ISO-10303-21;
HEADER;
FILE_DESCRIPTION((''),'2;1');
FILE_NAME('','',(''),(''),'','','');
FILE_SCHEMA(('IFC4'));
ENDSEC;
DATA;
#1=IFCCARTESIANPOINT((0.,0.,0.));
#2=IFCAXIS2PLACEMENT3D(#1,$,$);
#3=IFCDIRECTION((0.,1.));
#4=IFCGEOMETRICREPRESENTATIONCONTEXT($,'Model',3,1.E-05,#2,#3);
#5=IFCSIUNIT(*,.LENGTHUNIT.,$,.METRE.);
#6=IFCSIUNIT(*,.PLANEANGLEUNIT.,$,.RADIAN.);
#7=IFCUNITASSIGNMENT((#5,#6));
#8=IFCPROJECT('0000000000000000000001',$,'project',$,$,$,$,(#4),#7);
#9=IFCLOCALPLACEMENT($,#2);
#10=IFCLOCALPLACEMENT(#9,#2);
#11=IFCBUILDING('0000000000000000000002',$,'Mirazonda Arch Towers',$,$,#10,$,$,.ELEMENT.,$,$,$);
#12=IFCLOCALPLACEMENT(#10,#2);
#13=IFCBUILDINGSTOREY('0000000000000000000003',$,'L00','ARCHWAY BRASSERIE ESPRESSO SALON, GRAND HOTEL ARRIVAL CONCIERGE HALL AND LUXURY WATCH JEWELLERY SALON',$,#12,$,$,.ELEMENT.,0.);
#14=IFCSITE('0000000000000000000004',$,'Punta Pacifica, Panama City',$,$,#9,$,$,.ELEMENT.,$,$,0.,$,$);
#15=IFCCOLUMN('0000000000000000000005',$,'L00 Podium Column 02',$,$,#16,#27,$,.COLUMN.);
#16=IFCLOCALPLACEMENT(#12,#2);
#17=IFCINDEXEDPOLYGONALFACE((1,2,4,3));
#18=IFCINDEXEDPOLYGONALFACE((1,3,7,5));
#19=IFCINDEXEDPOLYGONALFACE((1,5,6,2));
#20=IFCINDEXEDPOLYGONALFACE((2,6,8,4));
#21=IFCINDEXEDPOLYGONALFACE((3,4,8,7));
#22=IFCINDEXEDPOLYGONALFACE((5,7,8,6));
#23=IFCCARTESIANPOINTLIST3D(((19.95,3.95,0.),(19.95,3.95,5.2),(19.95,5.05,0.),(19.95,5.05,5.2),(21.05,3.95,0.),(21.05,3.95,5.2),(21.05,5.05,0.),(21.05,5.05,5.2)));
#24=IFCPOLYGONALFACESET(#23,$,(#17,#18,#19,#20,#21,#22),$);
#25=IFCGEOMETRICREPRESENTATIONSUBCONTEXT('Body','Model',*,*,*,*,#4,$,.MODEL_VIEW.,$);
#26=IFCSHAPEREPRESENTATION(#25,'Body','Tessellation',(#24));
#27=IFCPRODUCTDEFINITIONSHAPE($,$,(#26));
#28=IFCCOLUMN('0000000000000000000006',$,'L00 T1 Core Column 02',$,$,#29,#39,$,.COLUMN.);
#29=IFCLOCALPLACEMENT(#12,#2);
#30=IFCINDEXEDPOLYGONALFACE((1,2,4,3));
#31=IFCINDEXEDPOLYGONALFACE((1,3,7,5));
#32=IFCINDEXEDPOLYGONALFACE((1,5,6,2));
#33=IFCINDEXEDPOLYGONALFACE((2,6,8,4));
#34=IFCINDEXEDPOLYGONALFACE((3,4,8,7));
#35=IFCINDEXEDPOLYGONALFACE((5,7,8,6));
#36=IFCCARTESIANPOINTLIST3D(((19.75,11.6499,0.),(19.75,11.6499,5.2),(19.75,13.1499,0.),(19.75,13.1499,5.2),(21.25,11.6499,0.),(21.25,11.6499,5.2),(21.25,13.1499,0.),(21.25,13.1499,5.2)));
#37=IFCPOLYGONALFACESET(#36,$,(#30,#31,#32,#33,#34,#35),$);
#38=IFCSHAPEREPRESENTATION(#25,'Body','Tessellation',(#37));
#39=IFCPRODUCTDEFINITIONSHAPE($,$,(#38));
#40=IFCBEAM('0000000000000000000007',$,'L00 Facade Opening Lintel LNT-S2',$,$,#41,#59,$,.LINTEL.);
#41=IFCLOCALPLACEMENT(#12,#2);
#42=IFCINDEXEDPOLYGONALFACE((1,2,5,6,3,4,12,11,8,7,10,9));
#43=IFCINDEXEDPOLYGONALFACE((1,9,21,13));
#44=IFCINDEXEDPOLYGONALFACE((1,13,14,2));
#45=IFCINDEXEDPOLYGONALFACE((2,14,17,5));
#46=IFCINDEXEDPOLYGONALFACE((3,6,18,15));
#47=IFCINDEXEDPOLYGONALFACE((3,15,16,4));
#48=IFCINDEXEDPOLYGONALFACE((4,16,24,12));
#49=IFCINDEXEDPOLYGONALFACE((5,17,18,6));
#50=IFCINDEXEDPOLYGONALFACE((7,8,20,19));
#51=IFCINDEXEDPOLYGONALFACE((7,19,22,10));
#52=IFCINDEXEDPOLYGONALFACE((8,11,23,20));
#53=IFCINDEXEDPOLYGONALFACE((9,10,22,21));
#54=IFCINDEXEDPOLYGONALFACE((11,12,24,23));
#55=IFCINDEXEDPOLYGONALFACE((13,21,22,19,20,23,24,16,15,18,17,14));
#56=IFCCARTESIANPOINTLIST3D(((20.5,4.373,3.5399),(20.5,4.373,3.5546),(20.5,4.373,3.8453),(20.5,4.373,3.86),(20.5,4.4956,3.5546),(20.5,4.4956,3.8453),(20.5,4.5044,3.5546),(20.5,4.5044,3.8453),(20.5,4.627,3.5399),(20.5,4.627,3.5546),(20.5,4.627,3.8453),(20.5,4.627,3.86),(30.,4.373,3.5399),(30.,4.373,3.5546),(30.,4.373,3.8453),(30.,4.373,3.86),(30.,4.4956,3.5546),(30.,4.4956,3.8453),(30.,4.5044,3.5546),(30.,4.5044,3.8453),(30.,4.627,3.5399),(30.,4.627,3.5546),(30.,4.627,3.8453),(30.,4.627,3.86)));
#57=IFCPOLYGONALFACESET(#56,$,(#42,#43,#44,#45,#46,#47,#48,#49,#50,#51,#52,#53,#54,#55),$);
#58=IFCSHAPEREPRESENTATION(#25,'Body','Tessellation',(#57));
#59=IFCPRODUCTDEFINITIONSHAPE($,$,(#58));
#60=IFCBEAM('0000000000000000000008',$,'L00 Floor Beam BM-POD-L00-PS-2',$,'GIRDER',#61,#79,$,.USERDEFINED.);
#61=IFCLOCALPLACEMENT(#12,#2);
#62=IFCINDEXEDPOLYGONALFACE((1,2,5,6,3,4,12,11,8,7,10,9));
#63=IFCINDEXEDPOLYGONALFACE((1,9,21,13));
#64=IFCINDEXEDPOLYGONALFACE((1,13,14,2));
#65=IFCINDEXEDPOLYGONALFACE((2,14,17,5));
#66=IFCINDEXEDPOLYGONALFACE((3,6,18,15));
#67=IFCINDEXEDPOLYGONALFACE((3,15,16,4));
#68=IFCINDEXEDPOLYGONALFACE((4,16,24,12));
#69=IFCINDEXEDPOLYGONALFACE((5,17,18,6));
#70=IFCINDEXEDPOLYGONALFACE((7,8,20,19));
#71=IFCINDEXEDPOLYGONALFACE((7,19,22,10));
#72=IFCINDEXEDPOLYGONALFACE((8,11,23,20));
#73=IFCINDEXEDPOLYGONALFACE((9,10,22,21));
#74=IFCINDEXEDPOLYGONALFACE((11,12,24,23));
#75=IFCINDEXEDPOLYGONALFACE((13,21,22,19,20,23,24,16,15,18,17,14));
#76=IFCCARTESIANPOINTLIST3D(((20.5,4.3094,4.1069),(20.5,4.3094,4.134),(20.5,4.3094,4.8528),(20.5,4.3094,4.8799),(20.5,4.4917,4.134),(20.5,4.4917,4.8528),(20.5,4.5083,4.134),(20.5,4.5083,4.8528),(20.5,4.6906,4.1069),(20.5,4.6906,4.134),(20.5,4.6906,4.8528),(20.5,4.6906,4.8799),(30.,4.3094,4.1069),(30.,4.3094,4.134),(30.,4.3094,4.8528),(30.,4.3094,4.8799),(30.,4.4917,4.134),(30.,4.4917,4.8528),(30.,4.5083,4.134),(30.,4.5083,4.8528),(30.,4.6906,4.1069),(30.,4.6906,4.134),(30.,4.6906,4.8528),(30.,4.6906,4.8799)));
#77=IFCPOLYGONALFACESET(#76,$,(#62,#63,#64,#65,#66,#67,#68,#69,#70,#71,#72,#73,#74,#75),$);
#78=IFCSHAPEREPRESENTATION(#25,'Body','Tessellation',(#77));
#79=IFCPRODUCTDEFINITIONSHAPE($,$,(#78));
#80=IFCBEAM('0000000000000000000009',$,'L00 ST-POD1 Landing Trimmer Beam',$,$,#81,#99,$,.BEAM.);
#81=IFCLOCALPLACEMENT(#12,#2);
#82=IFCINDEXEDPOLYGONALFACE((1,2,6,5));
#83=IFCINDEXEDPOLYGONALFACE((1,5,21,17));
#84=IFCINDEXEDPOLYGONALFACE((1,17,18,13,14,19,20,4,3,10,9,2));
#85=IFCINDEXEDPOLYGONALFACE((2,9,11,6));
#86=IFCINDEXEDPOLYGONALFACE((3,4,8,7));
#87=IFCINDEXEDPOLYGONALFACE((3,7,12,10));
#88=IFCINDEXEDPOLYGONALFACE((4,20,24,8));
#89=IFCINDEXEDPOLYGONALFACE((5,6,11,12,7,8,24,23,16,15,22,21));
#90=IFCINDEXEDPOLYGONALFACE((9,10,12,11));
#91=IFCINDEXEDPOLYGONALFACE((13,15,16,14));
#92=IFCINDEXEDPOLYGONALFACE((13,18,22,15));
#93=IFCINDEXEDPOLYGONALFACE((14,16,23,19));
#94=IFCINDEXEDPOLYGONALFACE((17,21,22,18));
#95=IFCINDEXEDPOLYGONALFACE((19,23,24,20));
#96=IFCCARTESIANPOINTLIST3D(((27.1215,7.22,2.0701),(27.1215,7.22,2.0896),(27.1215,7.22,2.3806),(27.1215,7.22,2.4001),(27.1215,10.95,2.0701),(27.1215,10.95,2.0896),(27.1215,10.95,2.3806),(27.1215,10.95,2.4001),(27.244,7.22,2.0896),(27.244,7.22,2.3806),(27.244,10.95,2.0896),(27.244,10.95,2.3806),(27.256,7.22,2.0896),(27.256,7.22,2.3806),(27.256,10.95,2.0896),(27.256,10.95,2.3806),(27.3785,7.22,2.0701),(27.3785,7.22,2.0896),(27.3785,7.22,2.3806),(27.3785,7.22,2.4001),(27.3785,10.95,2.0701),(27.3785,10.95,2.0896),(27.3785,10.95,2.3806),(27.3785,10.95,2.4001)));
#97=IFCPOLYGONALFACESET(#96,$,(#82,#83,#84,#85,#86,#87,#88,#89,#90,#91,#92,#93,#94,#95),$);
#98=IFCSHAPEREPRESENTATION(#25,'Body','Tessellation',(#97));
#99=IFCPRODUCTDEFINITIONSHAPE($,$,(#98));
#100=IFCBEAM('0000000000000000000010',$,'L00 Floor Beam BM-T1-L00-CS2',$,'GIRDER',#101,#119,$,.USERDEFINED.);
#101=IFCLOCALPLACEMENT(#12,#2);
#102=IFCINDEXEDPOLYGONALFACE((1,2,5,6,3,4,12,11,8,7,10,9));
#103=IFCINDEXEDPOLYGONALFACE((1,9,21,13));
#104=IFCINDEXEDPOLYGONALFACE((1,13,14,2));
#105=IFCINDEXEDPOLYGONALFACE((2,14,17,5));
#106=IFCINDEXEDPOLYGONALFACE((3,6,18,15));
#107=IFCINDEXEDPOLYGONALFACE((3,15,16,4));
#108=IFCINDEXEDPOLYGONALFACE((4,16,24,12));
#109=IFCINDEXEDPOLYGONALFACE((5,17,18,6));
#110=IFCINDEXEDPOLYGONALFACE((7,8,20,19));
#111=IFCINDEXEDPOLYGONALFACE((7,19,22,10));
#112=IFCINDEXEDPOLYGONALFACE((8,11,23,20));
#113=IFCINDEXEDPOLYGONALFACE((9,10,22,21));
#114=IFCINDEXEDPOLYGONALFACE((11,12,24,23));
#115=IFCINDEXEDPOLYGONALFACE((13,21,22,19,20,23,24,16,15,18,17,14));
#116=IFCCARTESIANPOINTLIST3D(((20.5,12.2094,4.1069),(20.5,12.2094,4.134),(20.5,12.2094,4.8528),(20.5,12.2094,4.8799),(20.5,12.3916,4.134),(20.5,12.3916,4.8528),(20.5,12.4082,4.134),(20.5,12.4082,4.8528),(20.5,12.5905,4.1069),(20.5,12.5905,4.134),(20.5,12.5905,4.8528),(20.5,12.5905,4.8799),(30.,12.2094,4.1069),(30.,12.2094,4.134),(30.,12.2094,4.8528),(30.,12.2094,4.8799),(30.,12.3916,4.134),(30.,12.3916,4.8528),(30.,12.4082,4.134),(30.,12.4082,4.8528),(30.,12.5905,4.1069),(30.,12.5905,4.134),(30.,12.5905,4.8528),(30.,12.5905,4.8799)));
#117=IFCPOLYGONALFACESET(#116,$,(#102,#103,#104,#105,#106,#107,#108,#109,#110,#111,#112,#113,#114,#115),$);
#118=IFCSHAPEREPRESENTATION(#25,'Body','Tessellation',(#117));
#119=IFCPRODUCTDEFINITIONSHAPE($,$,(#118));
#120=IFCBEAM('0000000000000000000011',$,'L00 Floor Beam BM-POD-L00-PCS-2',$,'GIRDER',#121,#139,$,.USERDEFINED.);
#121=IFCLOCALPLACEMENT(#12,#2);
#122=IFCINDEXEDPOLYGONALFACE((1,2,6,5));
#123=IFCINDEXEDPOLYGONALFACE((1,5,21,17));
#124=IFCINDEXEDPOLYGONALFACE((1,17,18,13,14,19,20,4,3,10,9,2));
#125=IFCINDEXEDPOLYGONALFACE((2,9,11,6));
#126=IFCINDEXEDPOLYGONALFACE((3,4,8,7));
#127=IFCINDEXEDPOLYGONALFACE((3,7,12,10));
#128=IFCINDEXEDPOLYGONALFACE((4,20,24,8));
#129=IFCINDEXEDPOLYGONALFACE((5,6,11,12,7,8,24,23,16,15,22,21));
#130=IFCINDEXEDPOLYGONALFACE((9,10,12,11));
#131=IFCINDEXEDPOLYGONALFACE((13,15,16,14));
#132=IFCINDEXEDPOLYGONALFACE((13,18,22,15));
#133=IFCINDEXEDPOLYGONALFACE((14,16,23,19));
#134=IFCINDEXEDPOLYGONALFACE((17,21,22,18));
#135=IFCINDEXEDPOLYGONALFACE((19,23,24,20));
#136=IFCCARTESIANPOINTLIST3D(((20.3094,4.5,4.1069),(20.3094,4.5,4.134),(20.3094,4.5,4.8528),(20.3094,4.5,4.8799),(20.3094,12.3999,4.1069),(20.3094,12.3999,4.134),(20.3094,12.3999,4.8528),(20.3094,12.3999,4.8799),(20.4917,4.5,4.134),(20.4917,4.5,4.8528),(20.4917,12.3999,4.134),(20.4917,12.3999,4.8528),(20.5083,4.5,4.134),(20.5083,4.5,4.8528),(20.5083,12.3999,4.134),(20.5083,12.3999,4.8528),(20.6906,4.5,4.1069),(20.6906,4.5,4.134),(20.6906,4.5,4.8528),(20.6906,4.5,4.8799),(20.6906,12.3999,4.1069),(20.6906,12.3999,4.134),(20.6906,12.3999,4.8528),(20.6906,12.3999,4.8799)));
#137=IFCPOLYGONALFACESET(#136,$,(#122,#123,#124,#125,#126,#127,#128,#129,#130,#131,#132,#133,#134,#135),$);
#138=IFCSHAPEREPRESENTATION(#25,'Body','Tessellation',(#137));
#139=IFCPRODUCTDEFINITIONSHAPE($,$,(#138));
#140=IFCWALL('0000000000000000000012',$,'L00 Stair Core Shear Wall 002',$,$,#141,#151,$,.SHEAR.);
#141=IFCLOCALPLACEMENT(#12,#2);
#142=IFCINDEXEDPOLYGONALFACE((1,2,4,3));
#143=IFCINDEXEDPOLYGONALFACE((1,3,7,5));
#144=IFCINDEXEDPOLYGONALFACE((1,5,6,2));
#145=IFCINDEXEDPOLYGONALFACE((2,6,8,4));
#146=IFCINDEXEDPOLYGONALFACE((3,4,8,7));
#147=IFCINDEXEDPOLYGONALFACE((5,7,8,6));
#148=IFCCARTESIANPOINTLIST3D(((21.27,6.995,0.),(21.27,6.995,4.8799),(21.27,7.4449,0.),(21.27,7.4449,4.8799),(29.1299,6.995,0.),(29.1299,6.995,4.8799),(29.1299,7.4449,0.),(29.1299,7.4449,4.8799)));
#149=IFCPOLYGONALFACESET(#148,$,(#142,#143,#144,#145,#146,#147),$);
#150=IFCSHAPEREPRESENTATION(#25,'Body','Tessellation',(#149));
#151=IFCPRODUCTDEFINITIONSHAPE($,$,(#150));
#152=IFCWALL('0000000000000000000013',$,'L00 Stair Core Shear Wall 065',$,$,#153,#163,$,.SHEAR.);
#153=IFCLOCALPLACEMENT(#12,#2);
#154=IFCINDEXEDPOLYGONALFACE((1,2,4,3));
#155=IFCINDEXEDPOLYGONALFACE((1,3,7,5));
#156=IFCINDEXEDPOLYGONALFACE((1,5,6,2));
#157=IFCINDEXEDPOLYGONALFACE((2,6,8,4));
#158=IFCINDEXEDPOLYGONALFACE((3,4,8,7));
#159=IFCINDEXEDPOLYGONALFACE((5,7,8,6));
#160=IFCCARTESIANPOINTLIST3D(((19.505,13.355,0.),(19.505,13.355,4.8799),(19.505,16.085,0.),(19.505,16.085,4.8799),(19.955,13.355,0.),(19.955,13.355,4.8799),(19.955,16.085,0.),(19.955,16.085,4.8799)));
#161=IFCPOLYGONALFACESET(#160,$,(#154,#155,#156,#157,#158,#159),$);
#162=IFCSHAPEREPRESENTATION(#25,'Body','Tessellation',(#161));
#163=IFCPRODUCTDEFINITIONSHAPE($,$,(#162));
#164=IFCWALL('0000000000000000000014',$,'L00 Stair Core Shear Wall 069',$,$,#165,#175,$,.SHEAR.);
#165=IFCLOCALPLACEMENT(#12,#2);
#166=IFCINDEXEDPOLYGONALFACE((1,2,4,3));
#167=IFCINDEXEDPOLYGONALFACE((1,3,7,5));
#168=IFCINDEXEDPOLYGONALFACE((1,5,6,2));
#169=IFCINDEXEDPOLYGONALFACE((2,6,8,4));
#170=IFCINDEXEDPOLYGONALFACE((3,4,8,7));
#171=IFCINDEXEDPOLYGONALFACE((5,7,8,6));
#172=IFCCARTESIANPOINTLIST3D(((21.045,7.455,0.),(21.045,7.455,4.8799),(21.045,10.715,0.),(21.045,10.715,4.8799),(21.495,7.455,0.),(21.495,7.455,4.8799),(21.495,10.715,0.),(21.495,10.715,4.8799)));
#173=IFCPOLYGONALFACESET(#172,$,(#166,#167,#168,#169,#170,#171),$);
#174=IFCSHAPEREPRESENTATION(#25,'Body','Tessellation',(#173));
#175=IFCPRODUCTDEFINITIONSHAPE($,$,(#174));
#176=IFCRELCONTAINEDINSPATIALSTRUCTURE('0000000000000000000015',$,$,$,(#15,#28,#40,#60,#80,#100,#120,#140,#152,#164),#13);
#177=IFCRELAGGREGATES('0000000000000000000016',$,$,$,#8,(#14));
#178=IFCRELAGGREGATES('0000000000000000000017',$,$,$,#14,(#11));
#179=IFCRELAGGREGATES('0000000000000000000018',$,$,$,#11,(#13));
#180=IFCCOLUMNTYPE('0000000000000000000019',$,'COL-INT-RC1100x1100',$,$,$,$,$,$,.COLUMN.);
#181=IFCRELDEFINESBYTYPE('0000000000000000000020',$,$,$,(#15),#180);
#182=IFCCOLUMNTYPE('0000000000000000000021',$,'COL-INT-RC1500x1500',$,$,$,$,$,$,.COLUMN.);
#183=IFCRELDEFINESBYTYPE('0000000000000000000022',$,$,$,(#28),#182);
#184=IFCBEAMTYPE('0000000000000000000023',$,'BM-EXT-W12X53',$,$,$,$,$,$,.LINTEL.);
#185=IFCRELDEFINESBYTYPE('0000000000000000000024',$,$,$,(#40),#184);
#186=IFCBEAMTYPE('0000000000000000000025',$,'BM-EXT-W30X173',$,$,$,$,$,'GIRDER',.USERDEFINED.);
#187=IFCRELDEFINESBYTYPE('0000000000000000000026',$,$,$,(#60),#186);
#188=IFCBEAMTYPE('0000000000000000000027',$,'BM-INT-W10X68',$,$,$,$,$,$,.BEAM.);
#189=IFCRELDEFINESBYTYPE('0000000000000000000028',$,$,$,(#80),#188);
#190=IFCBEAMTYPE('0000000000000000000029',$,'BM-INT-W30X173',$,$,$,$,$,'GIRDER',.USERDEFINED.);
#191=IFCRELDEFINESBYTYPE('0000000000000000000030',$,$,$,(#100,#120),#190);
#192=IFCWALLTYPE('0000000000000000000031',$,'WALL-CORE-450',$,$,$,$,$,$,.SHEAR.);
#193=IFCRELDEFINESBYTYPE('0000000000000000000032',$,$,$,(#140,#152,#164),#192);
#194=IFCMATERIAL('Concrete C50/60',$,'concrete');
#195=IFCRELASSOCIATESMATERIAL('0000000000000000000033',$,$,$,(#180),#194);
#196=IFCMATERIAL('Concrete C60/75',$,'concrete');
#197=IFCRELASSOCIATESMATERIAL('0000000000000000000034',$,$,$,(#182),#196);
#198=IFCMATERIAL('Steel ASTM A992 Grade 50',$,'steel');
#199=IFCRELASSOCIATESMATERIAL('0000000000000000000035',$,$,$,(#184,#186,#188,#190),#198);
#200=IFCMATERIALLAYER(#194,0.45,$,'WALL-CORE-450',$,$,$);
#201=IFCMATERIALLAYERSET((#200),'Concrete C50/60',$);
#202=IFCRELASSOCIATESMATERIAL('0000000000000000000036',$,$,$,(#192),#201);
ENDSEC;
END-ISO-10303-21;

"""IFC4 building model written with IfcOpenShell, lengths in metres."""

from ifc_helpers import new_model, si_unit, direction, frame, frame_2d, origin, origin_2d, place, context, subcontext, project, spatial, rectangle, i_section, extrude, material, layer, layer_set, material_profile, profile_set, type_object, element, save


model = new_model("IFC4")

# Units and contexts
model_context = context("Model", 3, precision=1e-05, world=origin(), true_north=direction((0.0, 1.0)))
body_context = subcontext(model_context, "Body", "Model", "MODEL_VIEW")
ifc_project = project(units=[si_unit("LENGTHUNIT", "METRE"), si_unit("PLANEANGLEUNIT", "RADIAN")], contexts=[model_context])

# Site, building, storey
site_placement = place(None, origin())
site = spatial("IfcSite", under=ifc_project, at=site_placement, Name="Punta Pacifica, Panama City", CompositionType="ELEMENT", RefElevation=0.0)
building_placement = place(site_placement, origin())
building = spatial("IfcBuilding", under=site, at=building_placement, Name="Mirazonda Arch Towers", CompositionType="ELEMENT")
storey_placement = place(building_placement, origin())
storey = spatial("IfcBuildingStorey", under=building, at=storey_placement, Name="L00", Description="ARCHWAY BRASSERIE ESPRESSO SALON, GRAND HOTEL ARRIVAL CONCIERGE HALL AND LUXURY WATCH JEWELLERY SALON", CompositionType="ELEMENT", Elevation=0.0)

# Columns
ifc_material_1 = material(Name="Concrete C50/60", Category="concrete")
ifc_material_profile_1 = material_profile(ifc_material_1, rectangle(XDim=1.1001, YDim=1.1001, at=origin_2d()), Name="RC1100x1100")
ifc_profile_set_1 = profile_set([ifc_material_profile_1], Name="Concrete C50/60")
column_type_1 = type_object("IfcColumnType", Name="COL-INT-RC1100x1100", PredefinedType="COLUMN", material=ifc_profile_set_1)
column_1_placement = place(storey_placement, frame((20.5, 4.5, 0.0), z_axis=(0.0, 0.0, 1.0), x_axis=(1.0, 0.0, 0.0)))
element("IfcColumn", 1, at=column_1_placement, inside=storey, type_object=column_type_1, Name="L00 Podium Column 02", PredefinedType="COLUMN", context=body_context, shape_type="SweptSolid", body=[
    extrude(rectangle(XDim=1.1001, YDim=1.1001, at=origin_2d()), origin(), (0.0, 0.0, 1.0), 5.2),
])
ifc_material_2 = material(Name="Concrete C60/75", Category="concrete")
ifc_material_profile_2 = material_profile(ifc_material_2, rectangle(XDim=1.5, YDim=1.5, at=origin_2d()), Name="RC1500x1500")
ifc_profile_set_2 = profile_set([ifc_material_profile_2], Name="Concrete C60/75")
column_type_2 = type_object("IfcColumnType", Name="COL-INT-RC1500x1500", PredefinedType="COLUMN", material=ifc_profile_set_2)
column_2_placement = place(storey_placement, frame((20.5, 12.3999, 0.0), z_axis=(0.0, 0.0, 1.0), x_axis=(1.0, 0.0, 0.0)))
element("IfcColumn", 2, at=column_2_placement, inside=storey, type_object=column_type_2, Name="L00 T1 Core Column 02", PredefinedType="COLUMN", context=body_context, shape_type="SweptSolid", body=[
    extrude(rectangle(XDim=1.5, YDim=1.5, at=origin_2d()), origin(), (0.0, 0.0, 1.0), 5.2),
])

# Beams
ifc_material_3 = material(Name="Steel ASTM A992 Grade 50", Category="steel")
ifc_material_profile_3 = material_profile(ifc_material_3, i_section(OverallWidth=0.2539, OverallDepth=0.3201, WebThickness=0.0088, FlangeThickness=0.0146, at=origin_2d()), Name="W12X53")
ifc_profile_set_3 = profile_set([ifc_material_profile_3], Name="Steel ASTM A992 Grade 50")
beam_type_1 = type_object("IfcBeamType", Name="BM-EXT-W12X53", PredefinedType="LINTEL", material=ifc_profile_set_3)
beam_1_placement = place(storey_placement, frame((20.5, 4.5, 3.7), z_axis=(1.0, 0.0, 0.0), x_axis=(0.0, 1.0, 0.0)))
element("IfcBeam", 3, at=beam_1_placement, inside=storey, type_object=beam_type_1, Name="L00 Facade Opening Lintel LNT-S2", PredefinedType="LINTEL", context=body_context, shape_type="SweptSolid", body=[
    extrude(i_section(OverallWidth=0.2539, OverallDepth=0.3201, WebThickness=0.0088, FlangeThickness=0.0146, at=origin_2d()), origin(), (0.0, 0.0, 1.0), 9.5),
])
ifc_material_profile_4 = material_profile(ifc_material_3, i_section(OverallWidth=0.3811, OverallDepth=0.7729, WebThickness=0.0166, FlangeThickness=0.0271, at=origin_2d()), Name="W30X173")
ifc_profile_set_4 = profile_set([ifc_material_profile_4], Name="Steel ASTM A992 Grade 50")
beam_type_2 = type_object("IfcBeamType", Name="BM-EXT-W30X173", ElementType="GIRDER", PredefinedType="USERDEFINED", material=ifc_profile_set_4)
beam_2_placement = place(storey_placement, frame((20.5, 4.5, 4.4934), z_axis=(1.0, 0.0, 0.0), x_axis=(0.0, 1.0, 0.0)))
element("IfcBeam", 4, at=beam_2_placement, inside=storey, type_object=beam_type_2, Name="L00 Floor Beam BM-POD-L00-PS-2", ObjectType="GIRDER", PredefinedType="USERDEFINED", context=body_context, shape_type="SweptSolid", body=[
    extrude(i_section(OverallWidth=0.3811, OverallDepth=0.7729, WebThickness=0.0166, FlangeThickness=0.0271, at=origin_2d()), origin(), (0.0, 0.0, 1.0), 9.5),
])
ifc_material_profile_5 = material_profile(ifc_material_3, i_section(OverallWidth=0.2571, OverallDepth=0.3301, WebThickness=0.012, FlangeThickness=0.0195, at=origin_2d()), Name="W10X68")
ifc_profile_set_5 = profile_set([ifc_material_profile_5], Name="Steel ASTM A992 Grade 50")
beam_type_3 = type_object("IfcBeamType", Name="BM-INT-W10X68", PredefinedType="BEAM", material=ifc_profile_set_5)
beam_3_placement = place(storey_placement, frame((27.25, 7.22, 2.2351), z_axis=(0.0, 1.0, 0.0), x_axis=(-1.0, 0.0, 0.0)))
element("IfcBeam", 5, at=beam_3_placement, inside=storey, type_object=beam_type_3, Name="L00 ST-POD1 Landing Trimmer Beam", PredefinedType="BEAM", context=body_context, shape_type="SweptSolid", body=[
    extrude(i_section(OverallWidth=0.2571, OverallDepth=0.3301, WebThickness=0.012, FlangeThickness=0.0195, at=origin_2d()), origin(), (0.0, 0.0, 1.0), 3.73),
])
ifc_material_profile_6 = material_profile(ifc_material_3, i_section(OverallWidth=0.3811, OverallDepth=0.7729, WebThickness=0.0166, FlangeThickness=0.0271, at=origin_2d()), Name="W30X173")
ifc_profile_set_6 = profile_set([ifc_material_profile_6], Name="Steel ASTM A992 Grade 50")
beam_type_4 = type_object("IfcBeamType", Name="BM-INT-W30X173", ElementType="GIRDER", PredefinedType="USERDEFINED", material=ifc_profile_set_6)
beam_4_placement = place(storey_placement, frame((20.5, 12.3999, 4.4934), z_axis=(1.0, 0.0, 0.0), x_axis=(0.0, 1.0, 0.0)))
element("IfcBeam", 6, at=beam_4_placement, inside=storey, type_object=beam_type_4, Name="L00 Floor Beam BM-T1-L00-CS2", ObjectType="GIRDER", PredefinedType="USERDEFINED", context=body_context, shape_type="SweptSolid", body=[
    extrude(i_section(OverallWidth=0.3811, OverallDepth=0.7729, WebThickness=0.0166, FlangeThickness=0.0271, at=origin_2d()), origin(), (0.0, 0.0, 1.0), 9.5),
])
beam_5_placement = place(storey_placement, frame((20.5, 4.5, 4.4934), z_axis=(0.0, 1.0, 0.0), x_axis=(-1.0, 0.0, 0.0)))
element("IfcBeam", 7, at=beam_5_placement, inside=storey, type_object=beam_type_4, Name="L00 Floor Beam BM-POD-L00-PCS-2", ObjectType="GIRDER", PredefinedType="USERDEFINED", context=body_context, shape_type="SweptSolid", body=[
    extrude(i_section(OverallWidth=0.3811, OverallDepth=0.7729, WebThickness=0.0166, FlangeThickness=0.0271, at=origin_2d()), origin(), (0.0, 0.0, 1.0), 7.8999),
])

# Walls
ifc_layer_1 = layer(ifc_material_1, 0.45, Name="WALL-CORE-450")
ifc_layer_set_1 = layer_set([ifc_layer_1], Name="Concrete C50/60")
wall_type_1 = type_object("IfcWallType", Name="WALL-CORE-450", PredefinedType="SHEAR", material=ifc_layer_set_1)
wall_1_placement = place(storey_placement, frame((21.27, 7.22, 0.0), z_axis=(0.0, 0.0, 1.0), x_axis=(1.0, 0.0, 0.0)))
element("IfcWall", 8, at=wall_1_placement, inside=storey, type_object=wall_type_1, Name="L00 Stair Core Shear Wall 002", PredefinedType="SHEAR", context=body_context, shape_type="SweptSolid", body=[
    extrude(rectangle(XDim=7.8599, YDim=0.45, at=frame_2d((3.9299, 0.0))), origin(), (0.0, 0.0, 1.0), 4.8799),
])
wall_2_placement = place(storey_placement, frame((19.73, 13.355, 0.0), z_axis=(0.0, 0.0, 1.0), x_axis=(0.0, 1.0, 0.0)))
element("IfcWall", 9, at=wall_2_placement, inside=storey, type_object=wall_type_1, Name="L00 Stair Core Shear Wall 065", PredefinedType="SHEAR", context=body_context, shape_type="SweptSolid", body=[
    extrude(rectangle(XDim=2.73, YDim=0.45, at=frame_2d((1.365, 0.0))), origin(), (0.0, 0.0, 1.0), 4.8799),
])
for number, where, z_axis, x_axis, name in (
    (10, (21.27, 7.4551, 0.0), (0.0, 0.0, 1.0), (0.0, 1.0, 0.0), "L00 Stair Core Shear Wall 069"),
):
    element("IfcWall", number, at=place(storey_placement, frame(where, z_axis=z_axis, x_axis=x_axis)), inside=storey, type_object=wall_type_1, Name=name, PredefinedType="SHEAR", context=body_context, shape_type="SweptSolid", body=[
        extrude(rectangle(XDim=3.26, YDim=0.45, at=frame_2d((1.6299, 0.0))), origin(), (0.0, 0.0, 1.0), 4.8799),
    ])

save(model, "model.ifc")
